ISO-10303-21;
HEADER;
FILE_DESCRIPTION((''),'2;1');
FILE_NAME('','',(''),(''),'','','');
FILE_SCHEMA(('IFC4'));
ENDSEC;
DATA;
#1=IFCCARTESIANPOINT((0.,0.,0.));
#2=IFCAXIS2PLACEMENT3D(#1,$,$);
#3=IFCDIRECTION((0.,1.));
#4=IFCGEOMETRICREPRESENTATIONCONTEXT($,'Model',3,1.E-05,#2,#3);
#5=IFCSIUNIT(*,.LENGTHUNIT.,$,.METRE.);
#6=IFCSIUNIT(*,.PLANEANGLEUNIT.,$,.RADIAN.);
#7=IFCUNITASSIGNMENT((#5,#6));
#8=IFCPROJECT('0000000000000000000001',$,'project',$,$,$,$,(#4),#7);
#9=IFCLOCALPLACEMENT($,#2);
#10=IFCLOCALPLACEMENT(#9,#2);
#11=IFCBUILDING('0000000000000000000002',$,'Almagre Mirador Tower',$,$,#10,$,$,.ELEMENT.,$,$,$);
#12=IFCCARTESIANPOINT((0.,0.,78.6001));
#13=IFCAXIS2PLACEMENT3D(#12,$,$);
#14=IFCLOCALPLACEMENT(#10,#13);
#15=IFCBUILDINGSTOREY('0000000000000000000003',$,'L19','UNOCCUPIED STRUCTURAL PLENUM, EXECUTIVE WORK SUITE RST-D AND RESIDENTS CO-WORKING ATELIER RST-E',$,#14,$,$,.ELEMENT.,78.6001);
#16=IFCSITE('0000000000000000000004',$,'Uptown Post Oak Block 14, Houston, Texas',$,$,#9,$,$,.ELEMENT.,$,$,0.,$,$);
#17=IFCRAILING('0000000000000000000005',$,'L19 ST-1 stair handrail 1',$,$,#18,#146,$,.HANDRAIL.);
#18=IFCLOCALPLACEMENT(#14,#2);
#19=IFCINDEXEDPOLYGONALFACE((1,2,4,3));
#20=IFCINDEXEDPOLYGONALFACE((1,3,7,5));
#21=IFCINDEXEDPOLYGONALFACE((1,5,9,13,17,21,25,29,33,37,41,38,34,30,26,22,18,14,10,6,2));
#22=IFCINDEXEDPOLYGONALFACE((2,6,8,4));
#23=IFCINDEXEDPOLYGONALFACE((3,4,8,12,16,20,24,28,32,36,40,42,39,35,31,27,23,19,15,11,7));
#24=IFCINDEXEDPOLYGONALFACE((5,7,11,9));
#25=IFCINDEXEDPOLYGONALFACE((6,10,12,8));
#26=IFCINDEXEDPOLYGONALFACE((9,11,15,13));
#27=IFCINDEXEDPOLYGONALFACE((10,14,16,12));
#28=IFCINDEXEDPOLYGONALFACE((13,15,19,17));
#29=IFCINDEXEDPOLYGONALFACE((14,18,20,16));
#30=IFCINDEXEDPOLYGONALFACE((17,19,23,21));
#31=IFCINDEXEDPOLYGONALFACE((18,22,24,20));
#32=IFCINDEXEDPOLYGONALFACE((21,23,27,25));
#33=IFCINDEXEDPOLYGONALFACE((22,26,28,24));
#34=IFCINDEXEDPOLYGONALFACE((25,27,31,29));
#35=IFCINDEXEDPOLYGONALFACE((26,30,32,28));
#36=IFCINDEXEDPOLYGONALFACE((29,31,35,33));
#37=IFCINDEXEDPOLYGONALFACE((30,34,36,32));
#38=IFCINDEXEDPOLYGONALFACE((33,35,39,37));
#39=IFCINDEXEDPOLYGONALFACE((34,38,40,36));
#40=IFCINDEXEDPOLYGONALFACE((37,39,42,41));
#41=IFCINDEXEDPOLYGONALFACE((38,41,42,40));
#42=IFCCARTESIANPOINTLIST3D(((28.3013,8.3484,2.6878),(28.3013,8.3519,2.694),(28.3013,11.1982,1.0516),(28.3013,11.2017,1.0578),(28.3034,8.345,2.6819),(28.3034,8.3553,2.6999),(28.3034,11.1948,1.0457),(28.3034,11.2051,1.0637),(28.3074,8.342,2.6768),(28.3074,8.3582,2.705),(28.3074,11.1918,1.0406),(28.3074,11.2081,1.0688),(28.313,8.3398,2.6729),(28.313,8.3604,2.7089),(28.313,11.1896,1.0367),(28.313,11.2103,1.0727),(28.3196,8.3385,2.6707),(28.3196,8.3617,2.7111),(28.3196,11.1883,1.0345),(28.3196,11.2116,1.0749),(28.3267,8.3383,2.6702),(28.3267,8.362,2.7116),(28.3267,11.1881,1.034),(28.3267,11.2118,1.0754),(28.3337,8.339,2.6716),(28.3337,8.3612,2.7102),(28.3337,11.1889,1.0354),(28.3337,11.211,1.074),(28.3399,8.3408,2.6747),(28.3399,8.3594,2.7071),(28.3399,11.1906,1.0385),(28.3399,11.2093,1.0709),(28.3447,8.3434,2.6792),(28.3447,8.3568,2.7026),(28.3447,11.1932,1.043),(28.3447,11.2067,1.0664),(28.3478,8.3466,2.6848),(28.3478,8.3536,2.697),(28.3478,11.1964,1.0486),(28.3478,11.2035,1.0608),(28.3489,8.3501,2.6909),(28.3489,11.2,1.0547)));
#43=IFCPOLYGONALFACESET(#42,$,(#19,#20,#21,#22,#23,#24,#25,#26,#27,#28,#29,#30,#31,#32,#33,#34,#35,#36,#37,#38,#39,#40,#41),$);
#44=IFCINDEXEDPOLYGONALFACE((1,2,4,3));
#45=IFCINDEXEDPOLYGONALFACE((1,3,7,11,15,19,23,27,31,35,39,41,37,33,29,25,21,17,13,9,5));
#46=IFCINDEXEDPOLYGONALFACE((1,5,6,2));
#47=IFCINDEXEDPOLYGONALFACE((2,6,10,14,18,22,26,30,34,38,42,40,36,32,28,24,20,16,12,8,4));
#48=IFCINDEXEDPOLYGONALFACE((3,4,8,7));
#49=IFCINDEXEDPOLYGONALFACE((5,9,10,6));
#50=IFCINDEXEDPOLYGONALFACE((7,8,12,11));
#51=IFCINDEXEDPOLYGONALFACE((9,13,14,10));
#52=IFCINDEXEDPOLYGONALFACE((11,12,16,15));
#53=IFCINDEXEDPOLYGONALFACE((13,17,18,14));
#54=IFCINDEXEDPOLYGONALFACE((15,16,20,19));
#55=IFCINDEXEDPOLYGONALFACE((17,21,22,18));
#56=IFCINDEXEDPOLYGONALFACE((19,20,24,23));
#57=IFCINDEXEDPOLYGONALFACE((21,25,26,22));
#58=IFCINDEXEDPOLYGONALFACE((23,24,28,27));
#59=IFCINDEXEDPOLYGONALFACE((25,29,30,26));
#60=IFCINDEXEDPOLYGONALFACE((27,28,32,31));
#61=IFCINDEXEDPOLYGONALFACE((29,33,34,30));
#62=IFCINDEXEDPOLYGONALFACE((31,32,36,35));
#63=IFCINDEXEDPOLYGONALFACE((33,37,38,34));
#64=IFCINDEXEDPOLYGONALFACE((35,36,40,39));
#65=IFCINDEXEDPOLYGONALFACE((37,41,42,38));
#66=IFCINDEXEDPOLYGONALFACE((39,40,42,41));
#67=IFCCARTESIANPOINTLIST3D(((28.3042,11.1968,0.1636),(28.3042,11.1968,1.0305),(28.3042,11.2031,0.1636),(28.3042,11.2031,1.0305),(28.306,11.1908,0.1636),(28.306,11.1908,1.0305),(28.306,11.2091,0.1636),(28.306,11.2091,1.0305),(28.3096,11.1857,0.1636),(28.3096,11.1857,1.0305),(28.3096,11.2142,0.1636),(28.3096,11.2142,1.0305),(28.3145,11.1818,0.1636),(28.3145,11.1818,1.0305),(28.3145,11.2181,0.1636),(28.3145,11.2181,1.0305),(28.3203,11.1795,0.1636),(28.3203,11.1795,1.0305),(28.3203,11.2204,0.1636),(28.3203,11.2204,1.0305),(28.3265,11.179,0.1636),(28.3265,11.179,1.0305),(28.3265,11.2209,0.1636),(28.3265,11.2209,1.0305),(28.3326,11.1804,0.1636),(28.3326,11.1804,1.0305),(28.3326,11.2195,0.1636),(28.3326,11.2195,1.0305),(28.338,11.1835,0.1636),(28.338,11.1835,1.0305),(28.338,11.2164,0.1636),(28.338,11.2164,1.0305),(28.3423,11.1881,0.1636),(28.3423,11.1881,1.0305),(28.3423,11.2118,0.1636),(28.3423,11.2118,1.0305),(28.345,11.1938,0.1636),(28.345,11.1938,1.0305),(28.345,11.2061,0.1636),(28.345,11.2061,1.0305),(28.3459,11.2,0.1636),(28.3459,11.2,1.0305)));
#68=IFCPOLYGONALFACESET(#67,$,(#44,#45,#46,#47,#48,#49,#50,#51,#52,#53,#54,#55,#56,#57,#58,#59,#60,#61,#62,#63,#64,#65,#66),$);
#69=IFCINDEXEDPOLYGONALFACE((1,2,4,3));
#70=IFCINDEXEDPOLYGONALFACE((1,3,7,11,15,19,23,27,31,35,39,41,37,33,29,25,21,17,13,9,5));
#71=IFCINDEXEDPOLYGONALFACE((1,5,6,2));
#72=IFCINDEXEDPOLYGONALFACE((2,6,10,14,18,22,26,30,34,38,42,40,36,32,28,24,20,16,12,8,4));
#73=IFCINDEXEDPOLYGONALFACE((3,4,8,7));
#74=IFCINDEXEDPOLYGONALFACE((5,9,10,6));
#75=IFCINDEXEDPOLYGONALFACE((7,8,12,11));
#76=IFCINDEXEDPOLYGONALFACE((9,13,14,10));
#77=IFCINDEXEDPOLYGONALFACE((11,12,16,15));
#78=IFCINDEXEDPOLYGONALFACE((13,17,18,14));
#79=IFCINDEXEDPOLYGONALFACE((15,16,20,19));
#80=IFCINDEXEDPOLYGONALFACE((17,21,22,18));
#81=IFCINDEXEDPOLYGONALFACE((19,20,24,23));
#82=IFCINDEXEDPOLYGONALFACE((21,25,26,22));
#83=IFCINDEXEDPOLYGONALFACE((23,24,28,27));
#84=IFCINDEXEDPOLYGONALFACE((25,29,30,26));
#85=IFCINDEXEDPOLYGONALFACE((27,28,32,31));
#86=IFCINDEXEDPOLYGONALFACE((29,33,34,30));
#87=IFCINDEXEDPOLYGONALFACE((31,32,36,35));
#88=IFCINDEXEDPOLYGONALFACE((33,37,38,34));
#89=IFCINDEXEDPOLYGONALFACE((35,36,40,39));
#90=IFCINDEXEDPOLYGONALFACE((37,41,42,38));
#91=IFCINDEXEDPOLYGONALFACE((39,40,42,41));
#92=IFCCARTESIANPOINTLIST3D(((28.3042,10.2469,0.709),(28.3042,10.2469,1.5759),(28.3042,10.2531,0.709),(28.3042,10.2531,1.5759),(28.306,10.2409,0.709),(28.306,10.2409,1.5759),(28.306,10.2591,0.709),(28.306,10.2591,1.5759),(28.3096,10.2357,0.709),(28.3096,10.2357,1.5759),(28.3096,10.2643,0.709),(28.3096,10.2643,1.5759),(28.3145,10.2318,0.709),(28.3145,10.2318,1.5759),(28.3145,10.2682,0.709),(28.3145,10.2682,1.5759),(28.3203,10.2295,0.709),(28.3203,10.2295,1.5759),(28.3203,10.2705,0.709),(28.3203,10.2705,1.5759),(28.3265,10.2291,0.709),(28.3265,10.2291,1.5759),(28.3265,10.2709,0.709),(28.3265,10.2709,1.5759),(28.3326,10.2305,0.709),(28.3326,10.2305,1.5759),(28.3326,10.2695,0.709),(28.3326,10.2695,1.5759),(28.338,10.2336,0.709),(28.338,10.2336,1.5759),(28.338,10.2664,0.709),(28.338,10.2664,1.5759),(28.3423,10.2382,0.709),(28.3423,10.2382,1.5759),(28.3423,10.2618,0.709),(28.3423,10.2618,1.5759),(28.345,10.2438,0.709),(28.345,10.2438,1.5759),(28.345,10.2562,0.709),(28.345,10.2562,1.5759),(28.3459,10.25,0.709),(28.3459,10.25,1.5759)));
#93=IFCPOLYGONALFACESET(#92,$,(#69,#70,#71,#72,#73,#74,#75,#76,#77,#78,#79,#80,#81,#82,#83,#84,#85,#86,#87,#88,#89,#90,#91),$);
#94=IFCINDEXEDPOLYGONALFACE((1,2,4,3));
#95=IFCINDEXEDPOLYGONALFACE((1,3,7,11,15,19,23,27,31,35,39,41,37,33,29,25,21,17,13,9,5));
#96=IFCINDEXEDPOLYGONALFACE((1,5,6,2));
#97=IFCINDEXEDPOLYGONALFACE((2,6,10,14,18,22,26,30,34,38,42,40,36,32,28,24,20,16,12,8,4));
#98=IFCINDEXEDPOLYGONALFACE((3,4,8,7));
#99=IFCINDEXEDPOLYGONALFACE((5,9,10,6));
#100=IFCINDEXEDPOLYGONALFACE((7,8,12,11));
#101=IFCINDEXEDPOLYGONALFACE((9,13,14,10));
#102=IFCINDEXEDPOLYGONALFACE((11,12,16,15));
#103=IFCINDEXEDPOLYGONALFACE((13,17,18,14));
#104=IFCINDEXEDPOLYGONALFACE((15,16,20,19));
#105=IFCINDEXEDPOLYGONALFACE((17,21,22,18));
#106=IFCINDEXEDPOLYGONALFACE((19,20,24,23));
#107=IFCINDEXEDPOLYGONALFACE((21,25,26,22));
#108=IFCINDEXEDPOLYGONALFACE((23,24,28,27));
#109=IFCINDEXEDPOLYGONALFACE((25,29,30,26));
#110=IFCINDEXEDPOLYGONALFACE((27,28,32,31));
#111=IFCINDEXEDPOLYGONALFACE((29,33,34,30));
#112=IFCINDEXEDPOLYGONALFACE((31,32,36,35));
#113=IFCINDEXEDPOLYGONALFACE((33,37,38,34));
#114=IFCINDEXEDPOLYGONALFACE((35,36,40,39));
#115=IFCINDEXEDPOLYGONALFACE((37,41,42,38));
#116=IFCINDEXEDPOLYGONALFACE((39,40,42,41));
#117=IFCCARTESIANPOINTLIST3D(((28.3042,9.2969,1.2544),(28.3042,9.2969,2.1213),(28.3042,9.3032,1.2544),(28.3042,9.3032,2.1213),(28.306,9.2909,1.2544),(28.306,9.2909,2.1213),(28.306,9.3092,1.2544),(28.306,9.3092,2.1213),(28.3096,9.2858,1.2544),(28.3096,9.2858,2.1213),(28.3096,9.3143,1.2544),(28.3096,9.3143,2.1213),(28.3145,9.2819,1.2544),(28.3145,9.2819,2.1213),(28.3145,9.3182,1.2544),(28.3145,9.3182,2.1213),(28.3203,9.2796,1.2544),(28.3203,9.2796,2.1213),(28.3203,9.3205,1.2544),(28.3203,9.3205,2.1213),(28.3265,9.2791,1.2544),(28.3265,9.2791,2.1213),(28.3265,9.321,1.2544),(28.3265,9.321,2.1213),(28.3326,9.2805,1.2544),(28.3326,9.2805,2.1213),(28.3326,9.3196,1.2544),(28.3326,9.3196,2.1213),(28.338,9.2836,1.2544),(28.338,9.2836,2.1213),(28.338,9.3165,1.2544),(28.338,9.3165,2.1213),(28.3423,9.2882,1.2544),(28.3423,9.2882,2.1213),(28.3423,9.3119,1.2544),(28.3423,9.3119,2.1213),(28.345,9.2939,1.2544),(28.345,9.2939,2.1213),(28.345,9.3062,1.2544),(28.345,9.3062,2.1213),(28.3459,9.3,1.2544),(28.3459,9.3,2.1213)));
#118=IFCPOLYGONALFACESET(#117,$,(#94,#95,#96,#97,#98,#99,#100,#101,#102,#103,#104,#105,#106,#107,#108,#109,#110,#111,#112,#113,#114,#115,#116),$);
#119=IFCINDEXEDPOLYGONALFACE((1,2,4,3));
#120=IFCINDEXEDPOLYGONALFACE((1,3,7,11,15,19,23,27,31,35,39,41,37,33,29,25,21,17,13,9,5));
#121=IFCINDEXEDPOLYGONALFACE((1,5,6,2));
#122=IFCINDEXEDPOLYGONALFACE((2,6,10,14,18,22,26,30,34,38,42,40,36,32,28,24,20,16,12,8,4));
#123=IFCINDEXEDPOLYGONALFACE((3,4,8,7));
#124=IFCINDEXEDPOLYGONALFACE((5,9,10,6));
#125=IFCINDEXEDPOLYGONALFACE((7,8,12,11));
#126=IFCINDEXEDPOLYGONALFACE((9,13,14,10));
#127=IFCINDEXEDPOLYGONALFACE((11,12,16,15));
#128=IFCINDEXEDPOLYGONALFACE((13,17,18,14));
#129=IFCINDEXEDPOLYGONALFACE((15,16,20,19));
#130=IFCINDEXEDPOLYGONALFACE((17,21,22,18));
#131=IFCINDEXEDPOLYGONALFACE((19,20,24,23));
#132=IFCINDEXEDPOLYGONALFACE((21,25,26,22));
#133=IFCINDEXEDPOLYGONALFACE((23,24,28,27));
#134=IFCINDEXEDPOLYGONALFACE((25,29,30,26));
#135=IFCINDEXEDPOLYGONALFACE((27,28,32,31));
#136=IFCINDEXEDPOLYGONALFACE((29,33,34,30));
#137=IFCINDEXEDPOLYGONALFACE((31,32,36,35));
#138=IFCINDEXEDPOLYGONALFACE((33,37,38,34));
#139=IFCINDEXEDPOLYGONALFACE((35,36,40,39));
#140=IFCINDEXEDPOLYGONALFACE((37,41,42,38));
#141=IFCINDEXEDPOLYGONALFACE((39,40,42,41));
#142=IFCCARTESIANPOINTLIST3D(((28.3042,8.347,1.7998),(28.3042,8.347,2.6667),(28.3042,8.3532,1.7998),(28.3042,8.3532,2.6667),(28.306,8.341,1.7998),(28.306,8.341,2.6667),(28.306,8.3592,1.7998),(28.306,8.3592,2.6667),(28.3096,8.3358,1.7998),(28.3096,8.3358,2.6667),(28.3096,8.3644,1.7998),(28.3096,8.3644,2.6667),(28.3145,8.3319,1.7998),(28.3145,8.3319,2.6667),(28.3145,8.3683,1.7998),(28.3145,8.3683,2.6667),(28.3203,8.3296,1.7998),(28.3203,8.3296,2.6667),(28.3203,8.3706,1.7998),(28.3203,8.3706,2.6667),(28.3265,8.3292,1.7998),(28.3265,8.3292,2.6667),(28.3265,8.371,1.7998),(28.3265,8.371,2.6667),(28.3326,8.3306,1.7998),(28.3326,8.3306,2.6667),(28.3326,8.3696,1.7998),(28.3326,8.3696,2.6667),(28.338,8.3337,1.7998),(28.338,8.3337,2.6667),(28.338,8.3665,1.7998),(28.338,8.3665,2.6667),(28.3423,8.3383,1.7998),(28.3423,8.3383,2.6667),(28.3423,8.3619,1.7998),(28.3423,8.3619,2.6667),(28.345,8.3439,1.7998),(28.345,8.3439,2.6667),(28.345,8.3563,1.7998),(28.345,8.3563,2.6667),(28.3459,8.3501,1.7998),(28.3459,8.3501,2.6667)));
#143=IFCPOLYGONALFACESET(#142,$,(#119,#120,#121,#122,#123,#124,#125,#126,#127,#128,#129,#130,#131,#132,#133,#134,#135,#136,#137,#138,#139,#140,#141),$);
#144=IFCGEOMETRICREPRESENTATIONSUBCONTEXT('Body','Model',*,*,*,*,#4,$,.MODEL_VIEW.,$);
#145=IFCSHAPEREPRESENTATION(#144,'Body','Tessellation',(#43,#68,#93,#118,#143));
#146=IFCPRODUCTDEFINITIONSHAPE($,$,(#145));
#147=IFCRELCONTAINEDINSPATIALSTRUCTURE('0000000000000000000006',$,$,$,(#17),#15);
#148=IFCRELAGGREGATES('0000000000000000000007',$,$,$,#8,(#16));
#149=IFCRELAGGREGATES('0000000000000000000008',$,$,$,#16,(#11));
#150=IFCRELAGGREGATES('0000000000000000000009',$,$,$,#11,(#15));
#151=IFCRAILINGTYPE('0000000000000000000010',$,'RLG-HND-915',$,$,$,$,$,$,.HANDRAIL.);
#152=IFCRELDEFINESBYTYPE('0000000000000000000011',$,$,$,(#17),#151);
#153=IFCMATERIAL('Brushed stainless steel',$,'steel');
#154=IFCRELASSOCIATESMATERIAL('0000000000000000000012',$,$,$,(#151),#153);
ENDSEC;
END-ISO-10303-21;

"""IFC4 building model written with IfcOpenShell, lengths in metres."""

from ifc_helpers import new_model, si_unit, direction, frame, origin, origin_2d, place, context, subcontext, project, spatial, circle, extrude, material, type_object, element, save


model = new_model("IFC4")

# Units and contexts
model_context = context("Model", 3, precision=1e-05, world=origin(), true_north=direction((0.0, 1.0)))
body_context = subcontext(model_context, "Body", "Model", "MODEL_VIEW")
ifc_project = project(units=[si_unit("LENGTHUNIT", "METRE"), si_unit("PLANEANGLEUNIT", "RADIAN")], contexts=[model_context])

# Site, building, storey
site_placement = place(None, origin())
site = spatial("IfcSite", under=ifc_project, at=site_placement, Name="Uptown Post Oak Block 14, Houston, Texas", CompositionType="ELEMENT", RefElevation=0.0)
building_placement = place(site_placement, origin())
building = spatial("IfcBuilding", under=site, at=building_placement, Name="Almagre Mirador Tower", CompositionType="ELEMENT")
storey_placement = place(building_placement, frame((0.0, 0.0, 78.6001)))
storey = spatial("IfcBuildingStorey", under=building, at=storey_placement, Name="L19", Description="UNOCCUPIED STRUCTURAL PLENUM, EXECUTIVE WORK SUITE RST-D AND RESIDENTS CO-WORKING ATELIER RST-E", CompositionType="ELEMENT", Elevation=78.6001)

# Railing
ifc_material_1 = material(Name="Brushed stainless steel", Category="steel")
railing_type_1 = type_object("IfcRailingType", Name="RLG-HND-915", PredefinedType="HANDRAIL", material=ifc_material_1)
railing_1_placement = place(storey_placement, frame((28.325, 11.2, 0.1636)))
element("IfcRailing", 1, at=railing_1_placement, inside=storey, type_object=railing_type_1, Name="L19 ST-1 stair handrail 1", PredefinedType="HANDRAIL", context=body_context, shape_type="SweptSolid", body=[
    extrude(circle(Radius=0.0239, at=origin_2d()), frame((0.0, 0.0, 0.8911), z_axis=(0.0, -0.867226, 0.497914), x_axis=(1.0, 0.0, 0.0)), (0.0, 0.0, 1.0), 3.2861),
    extrude(circle(Radius=0.021, at=origin_2d()), origin(), (0.0, 0.0, 1.0), 0.8669),
    extrude(circle(Radius=0.021, at=origin_2d()), frame((0.0, -0.95, 0.5454)), (0.0, 0.0, 1.0), 0.8669),
    extrude(circle(Radius=0.021, at=origin_2d()), frame((0.0, -1.8999, 1.0908)), (0.0, 0.0, 1.0), 0.8669),
    extrude(circle(Radius=0.021, at=origin_2d()), frame((0.0, -2.8499, 1.6362)), (0.0, 0.0, 1.0), 0.8669),
])

save(model, "model.ifc")
